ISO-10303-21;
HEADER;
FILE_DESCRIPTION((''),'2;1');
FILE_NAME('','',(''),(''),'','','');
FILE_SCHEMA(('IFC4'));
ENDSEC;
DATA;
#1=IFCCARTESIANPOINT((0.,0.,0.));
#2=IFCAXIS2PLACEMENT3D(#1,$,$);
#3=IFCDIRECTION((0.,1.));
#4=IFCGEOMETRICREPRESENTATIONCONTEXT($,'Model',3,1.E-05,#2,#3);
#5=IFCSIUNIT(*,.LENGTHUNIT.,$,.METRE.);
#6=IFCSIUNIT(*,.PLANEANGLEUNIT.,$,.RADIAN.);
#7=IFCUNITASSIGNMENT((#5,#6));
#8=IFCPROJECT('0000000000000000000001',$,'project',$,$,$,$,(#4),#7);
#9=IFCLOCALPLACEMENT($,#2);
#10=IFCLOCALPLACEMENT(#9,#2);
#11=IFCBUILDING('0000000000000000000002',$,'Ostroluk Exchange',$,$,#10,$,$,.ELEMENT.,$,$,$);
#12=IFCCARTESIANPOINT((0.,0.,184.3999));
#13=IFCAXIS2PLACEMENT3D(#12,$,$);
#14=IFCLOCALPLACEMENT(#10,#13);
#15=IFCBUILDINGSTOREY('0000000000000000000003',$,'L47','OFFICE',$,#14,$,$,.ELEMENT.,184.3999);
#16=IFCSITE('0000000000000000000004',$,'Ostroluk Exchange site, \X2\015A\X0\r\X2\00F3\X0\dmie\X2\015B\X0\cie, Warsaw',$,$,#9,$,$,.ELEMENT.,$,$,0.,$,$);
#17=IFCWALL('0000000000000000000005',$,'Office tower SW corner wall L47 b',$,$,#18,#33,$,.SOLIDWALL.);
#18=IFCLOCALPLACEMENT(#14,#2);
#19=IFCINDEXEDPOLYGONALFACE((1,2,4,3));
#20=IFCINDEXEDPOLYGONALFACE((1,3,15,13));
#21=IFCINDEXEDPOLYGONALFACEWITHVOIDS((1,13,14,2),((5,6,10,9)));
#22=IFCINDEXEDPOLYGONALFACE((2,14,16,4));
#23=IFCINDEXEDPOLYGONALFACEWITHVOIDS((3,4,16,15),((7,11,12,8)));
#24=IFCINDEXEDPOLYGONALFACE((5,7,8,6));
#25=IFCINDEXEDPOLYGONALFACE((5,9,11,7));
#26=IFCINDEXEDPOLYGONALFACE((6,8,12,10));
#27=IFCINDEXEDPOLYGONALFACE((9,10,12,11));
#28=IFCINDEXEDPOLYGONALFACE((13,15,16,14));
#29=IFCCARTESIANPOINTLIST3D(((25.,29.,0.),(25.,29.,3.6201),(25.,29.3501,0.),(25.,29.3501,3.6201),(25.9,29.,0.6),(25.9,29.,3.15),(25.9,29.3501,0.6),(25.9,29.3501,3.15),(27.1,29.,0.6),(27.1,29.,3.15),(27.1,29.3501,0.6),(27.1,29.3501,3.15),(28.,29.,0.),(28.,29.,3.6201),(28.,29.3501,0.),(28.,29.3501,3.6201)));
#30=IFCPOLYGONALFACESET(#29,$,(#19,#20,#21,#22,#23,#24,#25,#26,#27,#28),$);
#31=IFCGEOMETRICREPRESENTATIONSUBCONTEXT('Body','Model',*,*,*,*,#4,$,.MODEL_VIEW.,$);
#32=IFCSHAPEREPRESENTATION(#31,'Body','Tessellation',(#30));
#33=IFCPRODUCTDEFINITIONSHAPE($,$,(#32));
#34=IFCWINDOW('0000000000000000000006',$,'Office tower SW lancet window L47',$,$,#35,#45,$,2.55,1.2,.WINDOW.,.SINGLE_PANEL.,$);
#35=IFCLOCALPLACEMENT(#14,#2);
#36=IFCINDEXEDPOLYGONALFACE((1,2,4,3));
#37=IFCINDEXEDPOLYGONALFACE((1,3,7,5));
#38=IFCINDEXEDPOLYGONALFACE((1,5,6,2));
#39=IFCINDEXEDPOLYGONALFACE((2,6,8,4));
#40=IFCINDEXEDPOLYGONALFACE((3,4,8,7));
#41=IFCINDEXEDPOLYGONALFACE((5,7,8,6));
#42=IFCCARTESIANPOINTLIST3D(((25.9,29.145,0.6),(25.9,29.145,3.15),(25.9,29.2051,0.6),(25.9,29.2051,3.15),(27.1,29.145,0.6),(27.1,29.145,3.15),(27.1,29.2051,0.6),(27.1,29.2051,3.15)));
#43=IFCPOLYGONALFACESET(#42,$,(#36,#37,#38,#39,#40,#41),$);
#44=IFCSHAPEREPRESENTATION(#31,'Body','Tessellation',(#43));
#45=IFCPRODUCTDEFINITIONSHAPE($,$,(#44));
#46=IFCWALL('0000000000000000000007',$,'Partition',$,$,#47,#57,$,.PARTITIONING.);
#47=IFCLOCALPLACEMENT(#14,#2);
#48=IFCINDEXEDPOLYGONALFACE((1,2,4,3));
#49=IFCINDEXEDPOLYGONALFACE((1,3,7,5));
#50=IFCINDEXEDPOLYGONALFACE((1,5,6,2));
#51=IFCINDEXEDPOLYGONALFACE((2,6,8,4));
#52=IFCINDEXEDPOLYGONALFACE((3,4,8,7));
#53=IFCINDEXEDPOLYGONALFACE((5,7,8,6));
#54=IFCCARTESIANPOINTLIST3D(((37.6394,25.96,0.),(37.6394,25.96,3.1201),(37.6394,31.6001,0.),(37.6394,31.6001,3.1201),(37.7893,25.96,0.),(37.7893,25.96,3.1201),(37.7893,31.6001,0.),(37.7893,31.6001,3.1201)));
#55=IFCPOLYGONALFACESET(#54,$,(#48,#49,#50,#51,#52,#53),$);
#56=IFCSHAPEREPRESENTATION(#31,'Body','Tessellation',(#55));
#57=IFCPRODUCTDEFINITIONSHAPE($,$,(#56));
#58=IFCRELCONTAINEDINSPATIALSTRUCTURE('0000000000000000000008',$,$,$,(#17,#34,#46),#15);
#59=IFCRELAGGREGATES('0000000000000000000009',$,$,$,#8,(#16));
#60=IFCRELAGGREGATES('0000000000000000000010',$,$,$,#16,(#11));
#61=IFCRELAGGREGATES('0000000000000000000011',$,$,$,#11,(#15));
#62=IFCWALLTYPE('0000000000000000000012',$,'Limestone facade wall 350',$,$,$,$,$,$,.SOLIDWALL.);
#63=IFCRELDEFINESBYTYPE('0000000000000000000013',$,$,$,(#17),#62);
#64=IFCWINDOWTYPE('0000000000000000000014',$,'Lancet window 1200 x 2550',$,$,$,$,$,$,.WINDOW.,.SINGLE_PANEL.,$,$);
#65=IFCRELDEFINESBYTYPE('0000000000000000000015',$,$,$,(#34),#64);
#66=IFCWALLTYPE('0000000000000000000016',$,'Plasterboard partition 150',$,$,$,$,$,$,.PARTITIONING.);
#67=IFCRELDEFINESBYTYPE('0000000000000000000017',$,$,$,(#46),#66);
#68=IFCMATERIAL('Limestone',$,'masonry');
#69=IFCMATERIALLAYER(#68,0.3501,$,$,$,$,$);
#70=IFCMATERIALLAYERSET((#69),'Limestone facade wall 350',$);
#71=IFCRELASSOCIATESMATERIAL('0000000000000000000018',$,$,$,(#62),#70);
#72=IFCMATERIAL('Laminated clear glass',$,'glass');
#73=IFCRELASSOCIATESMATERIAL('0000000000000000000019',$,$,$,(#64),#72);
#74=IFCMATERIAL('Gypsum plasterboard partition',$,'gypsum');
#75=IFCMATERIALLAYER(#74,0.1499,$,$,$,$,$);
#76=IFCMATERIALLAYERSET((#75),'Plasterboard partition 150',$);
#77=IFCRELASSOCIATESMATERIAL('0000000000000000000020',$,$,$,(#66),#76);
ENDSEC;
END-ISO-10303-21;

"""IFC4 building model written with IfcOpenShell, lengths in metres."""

from ifc_helpers import new_model, si_unit, direction, frame, frame_2d, origin, place, context, subcontext, project, spatial, rectangle, extrude, material, layer, layer_set, type_object, element, fill, save


model = new_model("IFC4")

# Units and contexts
model_context = context("Model", 3, precision=1e-05, world=origin(), true_north=direction((0.0, 1.0)))
body_context = subcontext(model_context, "Body", "Model", "MODEL_VIEW")
ifc_project = project(units=[si_unit("LENGTHUNIT", "METRE"), si_unit("PLANEANGLEUNIT", "RADIAN")], contexts=[model_context])

# Site, building, storey
site_placement = place(None, origin())
site = spatial("IfcSite", under=ifc_project, at=site_placement, Name="Ostroluk Exchange site, Śródmieście, Warsaw", CompositionType="ELEMENT", RefElevation=0.0)
building_placement = place(site_placement, origin())
building = spatial("IfcBuilding", under=site, at=building_placement, Name="Ostroluk Exchange", CompositionType="ELEMENT")
storey_placement = place(building_placement, frame((0.0, 0.0, 184.3999)))
storey = spatial("IfcBuildingStorey", under=building, at=storey_placement, Name="L47", Description="OFFICE", CompositionType="ELEMENT", Elevation=184.3999)

# Shared definitions
ifc_material_1 = material(Name="Limestone", Category="masonry")
ifc_layer_1 = layer(ifc_material_1, 0.3501)
ifc_layer_set_1 = layer_set([ifc_layer_1], Name="Limestone facade wall 350")
wall_type_1 = type_object("IfcWallType", Name="Limestone facade wall 350", PredefinedType="SOLIDWALL", material=ifc_layer_set_1)

# Wall, opening, window
wall_1_placement = place(storey_placement, frame((28.0, 29.175, 0.0), z_axis=(0.0, 0.0, 1.0), x_axis=(-1.0, 0.0, 0.0)))
wall_1 = element("IfcWall", 1, at=wall_1_placement, inside=storey, type_object=wall_type_1, Name="Office tower SW corner wall L47 b", PredefinedType="SOLIDWALL", context=body_context, shape_type="SweptSolid", body=[
    extrude(rectangle(XDim=3.0, YDim=0.3501, at=frame_2d((1.5, 0.0))), origin(), (0.0, 0.0, 1.0), 3.6201),
])
opening_1_placement = place(wall_1_placement, frame((0.8999, 0.0, 0.6001)))
opening_1 = element("IfcOpeningElement", 2, at=opening_1_placement, cuts=wall_1, PredefinedType="OPENING", context=body_context, shape_type="SweptSolid", body=[
    extrude(rectangle(XDim=1.2, YDim=2.55, at=frame_2d((0.6001, 1.2749))), frame((0.0, 0.1851, 0.0), z_axis=(0.0, -1.0, 0.0), x_axis=(1.0, 0.0, 0.0)), (0.0, 0.0, 1.0), 0.3701),
])
ifc_material_2 = material(Name="Laminated clear glass", Category="glass")
window_type = type_object("IfcWindowType", Name="Lancet window 1200 x 2550", PartitioningType="SINGLE_PANEL", PredefinedType="WINDOW", material=ifc_material_2)
window_placement = place(opening_1_placement, origin())
window = element("IfcWindow", 3, at=window_placement, inside=storey, type_object=window_type, Name="Office tower SW lancet window L47", OverallHeight=2.55, OverallWidth=1.2, PartitioningType="SINGLE_PANEL", PredefinedType="WINDOW", context=body_context, shape_type="SweptSolid", body=[
    extrude(rectangle(XDim=1.2, YDim=2.55, at=frame_2d((0.6001, 1.2749))), frame((0.0, 0.03, 0.0), z_axis=(0.0, -1.0, 0.0), x_axis=(1.0, 0.0, 0.0)), (0.0, 0.0, 1.0), 0.0601),
])
fill(opening_1, window)

# Wall
ifc_material_3 = material(Name="Gypsum plasterboard partition", Category="gypsum")
ifc_layer_2 = layer(ifc_material_3, 0.1499)
ifc_layer_set_2 = layer_set([ifc_layer_2], Name="Plasterboard partition 150")
wall_type_2 = type_object("IfcWallType", Name="Plasterboard partition 150", PredefinedType="PARTITIONING", material=ifc_layer_set_2)
wall_2_placement = place(storey_placement, frame((37.7144, 31.6001, 0.0), z_axis=(0.0, 0.0, 1.0), x_axis=(0.0, -1.0, 0.0)))
element("IfcWall", 4, at=wall_2_placement, inside=storey, type_object=wall_type_2, Name="Partition", PredefinedType="PARTITIONING", context=body_context, shape_type="SweptSolid", body=[
    extrude(rectangle(XDim=5.6401, YDim=0.1499, at=frame_2d((2.8201, 0.0))), origin(), (0.0, 0.0, 1.0), 3.1201),
])

save(model, "model.ifc")
